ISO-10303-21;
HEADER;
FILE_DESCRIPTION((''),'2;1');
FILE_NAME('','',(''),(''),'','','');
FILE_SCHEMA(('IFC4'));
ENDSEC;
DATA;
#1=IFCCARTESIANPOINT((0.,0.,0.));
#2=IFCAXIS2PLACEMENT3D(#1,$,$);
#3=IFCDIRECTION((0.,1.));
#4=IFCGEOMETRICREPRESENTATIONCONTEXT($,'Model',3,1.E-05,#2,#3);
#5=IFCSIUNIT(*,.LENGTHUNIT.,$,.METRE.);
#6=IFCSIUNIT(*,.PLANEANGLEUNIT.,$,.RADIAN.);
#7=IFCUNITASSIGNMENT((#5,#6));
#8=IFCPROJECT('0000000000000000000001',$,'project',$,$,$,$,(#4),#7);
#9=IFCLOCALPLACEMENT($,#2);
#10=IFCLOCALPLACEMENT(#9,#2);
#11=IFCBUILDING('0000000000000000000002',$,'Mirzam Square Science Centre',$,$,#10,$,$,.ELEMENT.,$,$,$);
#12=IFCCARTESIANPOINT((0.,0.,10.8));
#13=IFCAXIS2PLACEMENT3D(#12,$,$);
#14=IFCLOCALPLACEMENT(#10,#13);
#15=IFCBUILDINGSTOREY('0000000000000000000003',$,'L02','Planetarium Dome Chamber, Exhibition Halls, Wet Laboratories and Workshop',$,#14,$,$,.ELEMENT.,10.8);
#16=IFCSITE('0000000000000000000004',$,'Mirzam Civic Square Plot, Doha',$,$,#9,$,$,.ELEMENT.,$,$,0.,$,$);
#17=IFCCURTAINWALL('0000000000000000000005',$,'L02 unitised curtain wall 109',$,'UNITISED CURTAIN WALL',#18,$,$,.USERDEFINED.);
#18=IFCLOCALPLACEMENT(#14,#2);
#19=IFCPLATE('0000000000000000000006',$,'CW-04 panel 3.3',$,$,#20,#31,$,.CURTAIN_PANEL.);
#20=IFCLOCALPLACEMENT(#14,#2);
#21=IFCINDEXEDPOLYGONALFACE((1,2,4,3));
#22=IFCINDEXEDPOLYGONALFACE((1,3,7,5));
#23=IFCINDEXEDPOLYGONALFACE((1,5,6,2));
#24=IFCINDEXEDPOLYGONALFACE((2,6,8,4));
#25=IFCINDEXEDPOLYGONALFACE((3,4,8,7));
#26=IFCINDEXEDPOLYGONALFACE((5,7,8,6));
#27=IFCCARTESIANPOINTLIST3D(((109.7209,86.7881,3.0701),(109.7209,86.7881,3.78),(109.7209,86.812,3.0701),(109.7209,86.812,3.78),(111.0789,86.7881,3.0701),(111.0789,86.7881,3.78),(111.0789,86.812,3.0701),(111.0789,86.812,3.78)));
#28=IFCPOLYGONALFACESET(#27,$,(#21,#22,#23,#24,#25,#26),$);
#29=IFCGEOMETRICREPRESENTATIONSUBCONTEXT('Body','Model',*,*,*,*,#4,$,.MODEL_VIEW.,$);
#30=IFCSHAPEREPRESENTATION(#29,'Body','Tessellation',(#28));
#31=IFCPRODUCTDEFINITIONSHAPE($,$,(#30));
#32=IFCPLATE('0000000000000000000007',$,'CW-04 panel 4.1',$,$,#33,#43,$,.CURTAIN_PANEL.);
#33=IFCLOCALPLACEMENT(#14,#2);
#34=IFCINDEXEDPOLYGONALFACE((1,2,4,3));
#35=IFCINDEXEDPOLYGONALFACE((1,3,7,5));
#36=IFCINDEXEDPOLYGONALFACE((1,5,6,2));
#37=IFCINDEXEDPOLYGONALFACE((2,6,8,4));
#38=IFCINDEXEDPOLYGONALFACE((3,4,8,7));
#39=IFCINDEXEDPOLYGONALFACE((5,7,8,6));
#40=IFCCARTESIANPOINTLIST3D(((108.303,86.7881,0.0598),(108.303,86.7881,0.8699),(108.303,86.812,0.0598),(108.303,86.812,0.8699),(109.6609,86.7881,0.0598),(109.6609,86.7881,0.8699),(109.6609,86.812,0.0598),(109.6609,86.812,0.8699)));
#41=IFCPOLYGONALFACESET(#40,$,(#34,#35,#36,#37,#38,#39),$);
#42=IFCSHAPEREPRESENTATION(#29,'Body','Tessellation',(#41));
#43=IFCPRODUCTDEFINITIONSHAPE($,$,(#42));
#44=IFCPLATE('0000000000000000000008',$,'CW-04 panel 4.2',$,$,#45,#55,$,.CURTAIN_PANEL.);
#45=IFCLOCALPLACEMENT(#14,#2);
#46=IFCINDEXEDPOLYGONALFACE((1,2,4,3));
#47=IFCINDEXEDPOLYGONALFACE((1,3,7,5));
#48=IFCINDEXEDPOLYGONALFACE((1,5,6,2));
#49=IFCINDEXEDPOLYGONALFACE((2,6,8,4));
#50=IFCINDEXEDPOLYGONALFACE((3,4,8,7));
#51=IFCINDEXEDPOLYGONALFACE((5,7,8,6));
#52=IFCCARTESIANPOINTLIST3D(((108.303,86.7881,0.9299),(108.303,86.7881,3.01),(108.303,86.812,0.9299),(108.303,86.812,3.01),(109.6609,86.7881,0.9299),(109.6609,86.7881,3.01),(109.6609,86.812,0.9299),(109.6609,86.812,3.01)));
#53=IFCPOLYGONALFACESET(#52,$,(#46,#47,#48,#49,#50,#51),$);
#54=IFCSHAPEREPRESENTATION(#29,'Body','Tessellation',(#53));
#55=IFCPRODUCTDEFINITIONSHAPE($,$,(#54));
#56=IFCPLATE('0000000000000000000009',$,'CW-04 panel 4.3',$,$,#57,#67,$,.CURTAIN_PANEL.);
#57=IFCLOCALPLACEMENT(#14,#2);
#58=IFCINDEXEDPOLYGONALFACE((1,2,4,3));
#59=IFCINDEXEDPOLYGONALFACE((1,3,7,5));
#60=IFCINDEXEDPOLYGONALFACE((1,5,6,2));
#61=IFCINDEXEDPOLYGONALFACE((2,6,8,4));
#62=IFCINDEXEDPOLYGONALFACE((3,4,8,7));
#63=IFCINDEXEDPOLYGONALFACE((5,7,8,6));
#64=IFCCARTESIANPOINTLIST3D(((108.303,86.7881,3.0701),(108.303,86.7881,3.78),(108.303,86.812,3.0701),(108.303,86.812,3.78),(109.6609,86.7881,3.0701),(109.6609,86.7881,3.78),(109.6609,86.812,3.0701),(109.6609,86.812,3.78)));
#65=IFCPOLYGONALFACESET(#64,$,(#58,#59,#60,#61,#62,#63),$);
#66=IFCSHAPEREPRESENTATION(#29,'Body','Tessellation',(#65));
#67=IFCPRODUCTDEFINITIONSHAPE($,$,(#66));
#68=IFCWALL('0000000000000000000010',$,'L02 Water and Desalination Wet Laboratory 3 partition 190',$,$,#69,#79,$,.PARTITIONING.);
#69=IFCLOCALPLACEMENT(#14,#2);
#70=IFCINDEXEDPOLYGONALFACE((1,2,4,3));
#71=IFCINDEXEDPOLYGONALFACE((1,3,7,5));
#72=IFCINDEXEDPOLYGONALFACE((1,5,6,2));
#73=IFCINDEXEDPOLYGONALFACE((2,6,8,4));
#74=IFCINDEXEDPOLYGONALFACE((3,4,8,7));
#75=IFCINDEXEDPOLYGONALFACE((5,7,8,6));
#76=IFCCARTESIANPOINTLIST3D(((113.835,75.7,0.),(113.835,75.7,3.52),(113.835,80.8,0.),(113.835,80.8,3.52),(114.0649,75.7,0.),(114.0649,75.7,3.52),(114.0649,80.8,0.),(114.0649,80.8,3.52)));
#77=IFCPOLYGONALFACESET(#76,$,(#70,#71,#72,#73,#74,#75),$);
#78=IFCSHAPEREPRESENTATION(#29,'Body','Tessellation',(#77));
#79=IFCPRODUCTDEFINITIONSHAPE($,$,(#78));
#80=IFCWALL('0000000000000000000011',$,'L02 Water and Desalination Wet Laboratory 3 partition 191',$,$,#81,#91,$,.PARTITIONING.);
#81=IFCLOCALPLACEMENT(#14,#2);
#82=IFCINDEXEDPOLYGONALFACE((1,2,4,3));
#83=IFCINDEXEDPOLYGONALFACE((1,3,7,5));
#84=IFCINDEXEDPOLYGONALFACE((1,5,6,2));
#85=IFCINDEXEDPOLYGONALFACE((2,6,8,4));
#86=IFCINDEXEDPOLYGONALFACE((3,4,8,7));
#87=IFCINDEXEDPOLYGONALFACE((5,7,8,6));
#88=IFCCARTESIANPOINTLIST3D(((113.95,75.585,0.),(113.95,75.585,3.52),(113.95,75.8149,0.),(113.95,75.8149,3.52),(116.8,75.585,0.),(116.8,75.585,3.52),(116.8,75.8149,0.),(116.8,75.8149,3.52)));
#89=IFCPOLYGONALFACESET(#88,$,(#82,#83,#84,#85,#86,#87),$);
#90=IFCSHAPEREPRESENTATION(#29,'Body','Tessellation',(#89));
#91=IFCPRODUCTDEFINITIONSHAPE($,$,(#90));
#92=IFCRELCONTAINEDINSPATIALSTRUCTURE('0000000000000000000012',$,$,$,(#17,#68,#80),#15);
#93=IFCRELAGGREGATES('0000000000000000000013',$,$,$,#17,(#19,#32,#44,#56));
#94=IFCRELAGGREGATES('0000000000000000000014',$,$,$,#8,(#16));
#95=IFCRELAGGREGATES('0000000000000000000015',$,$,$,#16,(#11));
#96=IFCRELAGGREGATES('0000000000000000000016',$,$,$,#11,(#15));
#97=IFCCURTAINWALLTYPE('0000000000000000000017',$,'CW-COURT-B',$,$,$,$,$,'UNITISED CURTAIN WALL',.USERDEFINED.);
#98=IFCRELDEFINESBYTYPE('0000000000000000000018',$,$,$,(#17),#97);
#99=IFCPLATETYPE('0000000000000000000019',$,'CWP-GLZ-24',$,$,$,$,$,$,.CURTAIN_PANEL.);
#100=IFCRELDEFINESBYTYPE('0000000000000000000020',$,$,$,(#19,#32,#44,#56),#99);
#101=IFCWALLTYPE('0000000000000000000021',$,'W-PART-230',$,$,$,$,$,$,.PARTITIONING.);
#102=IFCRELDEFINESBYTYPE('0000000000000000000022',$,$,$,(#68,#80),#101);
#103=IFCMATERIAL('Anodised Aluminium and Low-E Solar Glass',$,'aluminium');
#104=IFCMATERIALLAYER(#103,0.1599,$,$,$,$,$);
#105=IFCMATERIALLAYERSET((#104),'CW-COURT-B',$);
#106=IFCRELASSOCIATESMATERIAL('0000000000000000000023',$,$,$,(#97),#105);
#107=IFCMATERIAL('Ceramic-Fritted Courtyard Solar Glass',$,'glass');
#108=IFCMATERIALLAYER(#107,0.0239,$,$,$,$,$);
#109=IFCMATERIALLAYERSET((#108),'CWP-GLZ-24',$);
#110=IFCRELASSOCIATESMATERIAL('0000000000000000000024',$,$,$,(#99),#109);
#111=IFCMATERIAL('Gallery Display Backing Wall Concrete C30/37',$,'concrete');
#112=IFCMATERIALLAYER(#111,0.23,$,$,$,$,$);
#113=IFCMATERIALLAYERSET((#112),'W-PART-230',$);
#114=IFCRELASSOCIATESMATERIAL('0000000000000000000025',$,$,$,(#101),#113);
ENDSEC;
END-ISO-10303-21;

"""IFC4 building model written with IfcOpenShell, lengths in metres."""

from ifc_helpers import new_model, si_unit, direction, frame, frame_2d, origin, origin_2d, place, context, subcontext, project, spatial, rectangle, extrude, material, layer, layer_set, type_object, element, aggregate, save


model = new_model("IFC4")

# Units and contexts
model_context = context("Model", 3, precision=1e-05, world=origin(), true_north=direction((0.0, 1.0)))
body_context = subcontext(model_context, "Body", "Model", "MODEL_VIEW")
ifc_project = project(units=[si_unit("LENGTHUNIT", "METRE"), si_unit("PLANEANGLEUNIT", "RADIAN")], contexts=[model_context])

# Site, building, storey
site_placement = place(None, origin())
site = spatial("IfcSite", under=ifc_project, at=site_placement, Name="Mirzam Civic Square Plot, Doha", CompositionType="ELEMENT", RefElevation=0.0)
building_placement = place(site_placement, origin())
building = spatial("IfcBuilding", under=site, at=building_placement, Name="Mirzam Square Science Centre", CompositionType="ELEMENT")
storey_placement = place(building_placement, frame((0.0, 0.0, 10.8)))
storey = spatial("IfcBuildingStorey", under=building, at=storey_placement, Name="L02", Description="Planetarium Dome Chamber, Exhibition Halls, Wet Laboratories and Workshop", CompositionType="ELEMENT", Elevation=10.8)

# Curtain wall
ifc_material_1 = material(Name="Anodised Aluminium and Low-E Solar Glass", Category="aluminium")
ifc_layer_1 = layer(ifc_material_1, 0.1599)
ifc_layer_set_1 = layer_set([ifc_layer_1], Name="CW-COURT-B")
curtain_wall_type = type_object("IfcCurtainWallType", Name="CW-COURT-B", ElementType="UNITISED CURTAIN WALL", PredefinedType="USERDEFINED", material=ifc_layer_set_1)
curtain_wall_placement = place(storey_placement, origin())
curtain_wall = element("IfcCurtainWall", 1, at=curtain_wall_placement, inside=storey, type_object=curtain_wall_type, Name="L02 unitised curtain wall 109", ObjectType="UNITISED CURTAIN WALL", PredefinedType="USERDEFINED")

# Plates
ifc_material_2 = material(Name="Ceramic-Fritted Courtyard Solar Glass", Category="glass")
ifc_layer_2 = layer(ifc_material_2, 0.0239)
ifc_layer_set_2 = layer_set([ifc_layer_2], Name="CWP-GLZ-24")
plate_type = type_object("IfcPlateType", Name="CWP-GLZ-24", PredefinedType="CURTAIN_PANEL", material=ifc_layer_set_2)
plate_1_placement = place(storey_placement, frame((110.3999, 86.8, 3.0701), z_axis=(0.0, 0.0, 1.0), x_axis=(-1.0, 0.0, 0.0)))
plate_1 = element("IfcPlate", 2, at=plate_1_placement, type_object=plate_type, Name="CW-04 panel 3.3", PredefinedType="CURTAIN_PANEL", context=body_context, shape_type="SweptSolid", body=[
    extrude(rectangle(XDim=1.3579, YDim=0.0239, at=origin_2d()), origin(), (0.0, 0.0, 1.0), 0.71),
])
plate_2_placement = place(storey_placement, frame((108.9819, 86.8, 0.0598), z_axis=(0.0, 0.0, 1.0), x_axis=(-1.0, 0.0, 0.0)))
plate_2 = element("IfcPlate", 3, at=plate_2_placement, type_object=plate_type, Name="CW-04 panel 4.1", PredefinedType="CURTAIN_PANEL", context=body_context, shape_type="SweptSolid", body=[
    extrude(rectangle(XDim=1.3579, YDim=0.0239, at=origin_2d()), origin(), (0.0, 0.0, 1.0), 0.8101),
])
plate_3_placement = place(storey_placement, frame((108.9819, 86.8, 0.9299), z_axis=(0.0, 0.0, 1.0), x_axis=(-1.0, 0.0, 0.0)))
plate_3 = element("IfcPlate", 4, at=plate_3_placement, type_object=plate_type, Name="CW-04 panel 4.2", PredefinedType="CURTAIN_PANEL", context=body_context, shape_type="SweptSolid", body=[
    extrude(rectangle(XDim=1.3579, YDim=0.0239, at=origin_2d()), origin(), (0.0, 0.0, 1.0), 2.0801),
])
plate_4_placement = place(storey_placement, frame((108.9819, 86.8, 3.0701), z_axis=(0.0, 0.0, 1.0), x_axis=(-1.0, 0.0, 0.0)))
plate_4 = element("IfcPlate", 5, at=plate_4_placement, type_object=plate_type, Name="CW-04 panel 4.3", PredefinedType="CURTAIN_PANEL", context=body_context, shape_type="SweptSolid", body=[
    extrude(rectangle(XDim=1.3579, YDim=0.0239, at=origin_2d()), origin(), (0.0, 0.0, 1.0), 0.71),
])
aggregate(curtain_wall, [plate_1, plate_2, plate_3, plate_4])

# Walls
ifc_material_3 = material(Name="Gallery Display Backing Wall Concrete C30/37", Category="concrete")
ifc_layer_3 = layer(ifc_material_3, 0.23)
ifc_layer_set_3 = layer_set([ifc_layer_3], Name="W-PART-230")
wall_type = type_object("IfcWallType", Name="W-PART-230", PredefinedType="PARTITIONING", material=ifc_layer_set_3)
wall_1_placement = place(storey_placement, frame((113.95, 80.8, 0.0), z_axis=(0.0, 0.0, 1.0), x_axis=(0.0, -1.0, 0.0)))
element("IfcWall", 6, at=wall_1_placement, inside=storey, type_object=wall_type, Name="L02 Water and Desalination Wet Laboratory 3 partition 190", PredefinedType="PARTITIONING", context=body_context, shape_type="SweptSolid", body=[
    extrude(rectangle(XDim=5.1001, YDim=0.23, at=frame_2d((2.55, 0.0))), origin(), (0.0, 0.0, 1.0), 3.52),
])
wall_2_placement = place(storey_placement, frame((113.95, 75.7, 0.0), z_axis=(0.0, 0.0, 1.0), x_axis=(1.0, 0.0, 0.0)))
element("IfcWall", 7, at=wall_2_placement, inside=storey, type_object=wall_type, Name="L02 Water and Desalination Wet Laboratory 3 partition 191", PredefinedType="PARTITIONING", context=body_context, shape_type="SweptSolid", body=[
    extrude(rectangle(XDim=2.8501, YDim=0.23, at=frame_2d((1.425, 0.0))), origin(), (0.0, 0.0, 1.0), 3.52),
])

save(model, "model.ifc")
